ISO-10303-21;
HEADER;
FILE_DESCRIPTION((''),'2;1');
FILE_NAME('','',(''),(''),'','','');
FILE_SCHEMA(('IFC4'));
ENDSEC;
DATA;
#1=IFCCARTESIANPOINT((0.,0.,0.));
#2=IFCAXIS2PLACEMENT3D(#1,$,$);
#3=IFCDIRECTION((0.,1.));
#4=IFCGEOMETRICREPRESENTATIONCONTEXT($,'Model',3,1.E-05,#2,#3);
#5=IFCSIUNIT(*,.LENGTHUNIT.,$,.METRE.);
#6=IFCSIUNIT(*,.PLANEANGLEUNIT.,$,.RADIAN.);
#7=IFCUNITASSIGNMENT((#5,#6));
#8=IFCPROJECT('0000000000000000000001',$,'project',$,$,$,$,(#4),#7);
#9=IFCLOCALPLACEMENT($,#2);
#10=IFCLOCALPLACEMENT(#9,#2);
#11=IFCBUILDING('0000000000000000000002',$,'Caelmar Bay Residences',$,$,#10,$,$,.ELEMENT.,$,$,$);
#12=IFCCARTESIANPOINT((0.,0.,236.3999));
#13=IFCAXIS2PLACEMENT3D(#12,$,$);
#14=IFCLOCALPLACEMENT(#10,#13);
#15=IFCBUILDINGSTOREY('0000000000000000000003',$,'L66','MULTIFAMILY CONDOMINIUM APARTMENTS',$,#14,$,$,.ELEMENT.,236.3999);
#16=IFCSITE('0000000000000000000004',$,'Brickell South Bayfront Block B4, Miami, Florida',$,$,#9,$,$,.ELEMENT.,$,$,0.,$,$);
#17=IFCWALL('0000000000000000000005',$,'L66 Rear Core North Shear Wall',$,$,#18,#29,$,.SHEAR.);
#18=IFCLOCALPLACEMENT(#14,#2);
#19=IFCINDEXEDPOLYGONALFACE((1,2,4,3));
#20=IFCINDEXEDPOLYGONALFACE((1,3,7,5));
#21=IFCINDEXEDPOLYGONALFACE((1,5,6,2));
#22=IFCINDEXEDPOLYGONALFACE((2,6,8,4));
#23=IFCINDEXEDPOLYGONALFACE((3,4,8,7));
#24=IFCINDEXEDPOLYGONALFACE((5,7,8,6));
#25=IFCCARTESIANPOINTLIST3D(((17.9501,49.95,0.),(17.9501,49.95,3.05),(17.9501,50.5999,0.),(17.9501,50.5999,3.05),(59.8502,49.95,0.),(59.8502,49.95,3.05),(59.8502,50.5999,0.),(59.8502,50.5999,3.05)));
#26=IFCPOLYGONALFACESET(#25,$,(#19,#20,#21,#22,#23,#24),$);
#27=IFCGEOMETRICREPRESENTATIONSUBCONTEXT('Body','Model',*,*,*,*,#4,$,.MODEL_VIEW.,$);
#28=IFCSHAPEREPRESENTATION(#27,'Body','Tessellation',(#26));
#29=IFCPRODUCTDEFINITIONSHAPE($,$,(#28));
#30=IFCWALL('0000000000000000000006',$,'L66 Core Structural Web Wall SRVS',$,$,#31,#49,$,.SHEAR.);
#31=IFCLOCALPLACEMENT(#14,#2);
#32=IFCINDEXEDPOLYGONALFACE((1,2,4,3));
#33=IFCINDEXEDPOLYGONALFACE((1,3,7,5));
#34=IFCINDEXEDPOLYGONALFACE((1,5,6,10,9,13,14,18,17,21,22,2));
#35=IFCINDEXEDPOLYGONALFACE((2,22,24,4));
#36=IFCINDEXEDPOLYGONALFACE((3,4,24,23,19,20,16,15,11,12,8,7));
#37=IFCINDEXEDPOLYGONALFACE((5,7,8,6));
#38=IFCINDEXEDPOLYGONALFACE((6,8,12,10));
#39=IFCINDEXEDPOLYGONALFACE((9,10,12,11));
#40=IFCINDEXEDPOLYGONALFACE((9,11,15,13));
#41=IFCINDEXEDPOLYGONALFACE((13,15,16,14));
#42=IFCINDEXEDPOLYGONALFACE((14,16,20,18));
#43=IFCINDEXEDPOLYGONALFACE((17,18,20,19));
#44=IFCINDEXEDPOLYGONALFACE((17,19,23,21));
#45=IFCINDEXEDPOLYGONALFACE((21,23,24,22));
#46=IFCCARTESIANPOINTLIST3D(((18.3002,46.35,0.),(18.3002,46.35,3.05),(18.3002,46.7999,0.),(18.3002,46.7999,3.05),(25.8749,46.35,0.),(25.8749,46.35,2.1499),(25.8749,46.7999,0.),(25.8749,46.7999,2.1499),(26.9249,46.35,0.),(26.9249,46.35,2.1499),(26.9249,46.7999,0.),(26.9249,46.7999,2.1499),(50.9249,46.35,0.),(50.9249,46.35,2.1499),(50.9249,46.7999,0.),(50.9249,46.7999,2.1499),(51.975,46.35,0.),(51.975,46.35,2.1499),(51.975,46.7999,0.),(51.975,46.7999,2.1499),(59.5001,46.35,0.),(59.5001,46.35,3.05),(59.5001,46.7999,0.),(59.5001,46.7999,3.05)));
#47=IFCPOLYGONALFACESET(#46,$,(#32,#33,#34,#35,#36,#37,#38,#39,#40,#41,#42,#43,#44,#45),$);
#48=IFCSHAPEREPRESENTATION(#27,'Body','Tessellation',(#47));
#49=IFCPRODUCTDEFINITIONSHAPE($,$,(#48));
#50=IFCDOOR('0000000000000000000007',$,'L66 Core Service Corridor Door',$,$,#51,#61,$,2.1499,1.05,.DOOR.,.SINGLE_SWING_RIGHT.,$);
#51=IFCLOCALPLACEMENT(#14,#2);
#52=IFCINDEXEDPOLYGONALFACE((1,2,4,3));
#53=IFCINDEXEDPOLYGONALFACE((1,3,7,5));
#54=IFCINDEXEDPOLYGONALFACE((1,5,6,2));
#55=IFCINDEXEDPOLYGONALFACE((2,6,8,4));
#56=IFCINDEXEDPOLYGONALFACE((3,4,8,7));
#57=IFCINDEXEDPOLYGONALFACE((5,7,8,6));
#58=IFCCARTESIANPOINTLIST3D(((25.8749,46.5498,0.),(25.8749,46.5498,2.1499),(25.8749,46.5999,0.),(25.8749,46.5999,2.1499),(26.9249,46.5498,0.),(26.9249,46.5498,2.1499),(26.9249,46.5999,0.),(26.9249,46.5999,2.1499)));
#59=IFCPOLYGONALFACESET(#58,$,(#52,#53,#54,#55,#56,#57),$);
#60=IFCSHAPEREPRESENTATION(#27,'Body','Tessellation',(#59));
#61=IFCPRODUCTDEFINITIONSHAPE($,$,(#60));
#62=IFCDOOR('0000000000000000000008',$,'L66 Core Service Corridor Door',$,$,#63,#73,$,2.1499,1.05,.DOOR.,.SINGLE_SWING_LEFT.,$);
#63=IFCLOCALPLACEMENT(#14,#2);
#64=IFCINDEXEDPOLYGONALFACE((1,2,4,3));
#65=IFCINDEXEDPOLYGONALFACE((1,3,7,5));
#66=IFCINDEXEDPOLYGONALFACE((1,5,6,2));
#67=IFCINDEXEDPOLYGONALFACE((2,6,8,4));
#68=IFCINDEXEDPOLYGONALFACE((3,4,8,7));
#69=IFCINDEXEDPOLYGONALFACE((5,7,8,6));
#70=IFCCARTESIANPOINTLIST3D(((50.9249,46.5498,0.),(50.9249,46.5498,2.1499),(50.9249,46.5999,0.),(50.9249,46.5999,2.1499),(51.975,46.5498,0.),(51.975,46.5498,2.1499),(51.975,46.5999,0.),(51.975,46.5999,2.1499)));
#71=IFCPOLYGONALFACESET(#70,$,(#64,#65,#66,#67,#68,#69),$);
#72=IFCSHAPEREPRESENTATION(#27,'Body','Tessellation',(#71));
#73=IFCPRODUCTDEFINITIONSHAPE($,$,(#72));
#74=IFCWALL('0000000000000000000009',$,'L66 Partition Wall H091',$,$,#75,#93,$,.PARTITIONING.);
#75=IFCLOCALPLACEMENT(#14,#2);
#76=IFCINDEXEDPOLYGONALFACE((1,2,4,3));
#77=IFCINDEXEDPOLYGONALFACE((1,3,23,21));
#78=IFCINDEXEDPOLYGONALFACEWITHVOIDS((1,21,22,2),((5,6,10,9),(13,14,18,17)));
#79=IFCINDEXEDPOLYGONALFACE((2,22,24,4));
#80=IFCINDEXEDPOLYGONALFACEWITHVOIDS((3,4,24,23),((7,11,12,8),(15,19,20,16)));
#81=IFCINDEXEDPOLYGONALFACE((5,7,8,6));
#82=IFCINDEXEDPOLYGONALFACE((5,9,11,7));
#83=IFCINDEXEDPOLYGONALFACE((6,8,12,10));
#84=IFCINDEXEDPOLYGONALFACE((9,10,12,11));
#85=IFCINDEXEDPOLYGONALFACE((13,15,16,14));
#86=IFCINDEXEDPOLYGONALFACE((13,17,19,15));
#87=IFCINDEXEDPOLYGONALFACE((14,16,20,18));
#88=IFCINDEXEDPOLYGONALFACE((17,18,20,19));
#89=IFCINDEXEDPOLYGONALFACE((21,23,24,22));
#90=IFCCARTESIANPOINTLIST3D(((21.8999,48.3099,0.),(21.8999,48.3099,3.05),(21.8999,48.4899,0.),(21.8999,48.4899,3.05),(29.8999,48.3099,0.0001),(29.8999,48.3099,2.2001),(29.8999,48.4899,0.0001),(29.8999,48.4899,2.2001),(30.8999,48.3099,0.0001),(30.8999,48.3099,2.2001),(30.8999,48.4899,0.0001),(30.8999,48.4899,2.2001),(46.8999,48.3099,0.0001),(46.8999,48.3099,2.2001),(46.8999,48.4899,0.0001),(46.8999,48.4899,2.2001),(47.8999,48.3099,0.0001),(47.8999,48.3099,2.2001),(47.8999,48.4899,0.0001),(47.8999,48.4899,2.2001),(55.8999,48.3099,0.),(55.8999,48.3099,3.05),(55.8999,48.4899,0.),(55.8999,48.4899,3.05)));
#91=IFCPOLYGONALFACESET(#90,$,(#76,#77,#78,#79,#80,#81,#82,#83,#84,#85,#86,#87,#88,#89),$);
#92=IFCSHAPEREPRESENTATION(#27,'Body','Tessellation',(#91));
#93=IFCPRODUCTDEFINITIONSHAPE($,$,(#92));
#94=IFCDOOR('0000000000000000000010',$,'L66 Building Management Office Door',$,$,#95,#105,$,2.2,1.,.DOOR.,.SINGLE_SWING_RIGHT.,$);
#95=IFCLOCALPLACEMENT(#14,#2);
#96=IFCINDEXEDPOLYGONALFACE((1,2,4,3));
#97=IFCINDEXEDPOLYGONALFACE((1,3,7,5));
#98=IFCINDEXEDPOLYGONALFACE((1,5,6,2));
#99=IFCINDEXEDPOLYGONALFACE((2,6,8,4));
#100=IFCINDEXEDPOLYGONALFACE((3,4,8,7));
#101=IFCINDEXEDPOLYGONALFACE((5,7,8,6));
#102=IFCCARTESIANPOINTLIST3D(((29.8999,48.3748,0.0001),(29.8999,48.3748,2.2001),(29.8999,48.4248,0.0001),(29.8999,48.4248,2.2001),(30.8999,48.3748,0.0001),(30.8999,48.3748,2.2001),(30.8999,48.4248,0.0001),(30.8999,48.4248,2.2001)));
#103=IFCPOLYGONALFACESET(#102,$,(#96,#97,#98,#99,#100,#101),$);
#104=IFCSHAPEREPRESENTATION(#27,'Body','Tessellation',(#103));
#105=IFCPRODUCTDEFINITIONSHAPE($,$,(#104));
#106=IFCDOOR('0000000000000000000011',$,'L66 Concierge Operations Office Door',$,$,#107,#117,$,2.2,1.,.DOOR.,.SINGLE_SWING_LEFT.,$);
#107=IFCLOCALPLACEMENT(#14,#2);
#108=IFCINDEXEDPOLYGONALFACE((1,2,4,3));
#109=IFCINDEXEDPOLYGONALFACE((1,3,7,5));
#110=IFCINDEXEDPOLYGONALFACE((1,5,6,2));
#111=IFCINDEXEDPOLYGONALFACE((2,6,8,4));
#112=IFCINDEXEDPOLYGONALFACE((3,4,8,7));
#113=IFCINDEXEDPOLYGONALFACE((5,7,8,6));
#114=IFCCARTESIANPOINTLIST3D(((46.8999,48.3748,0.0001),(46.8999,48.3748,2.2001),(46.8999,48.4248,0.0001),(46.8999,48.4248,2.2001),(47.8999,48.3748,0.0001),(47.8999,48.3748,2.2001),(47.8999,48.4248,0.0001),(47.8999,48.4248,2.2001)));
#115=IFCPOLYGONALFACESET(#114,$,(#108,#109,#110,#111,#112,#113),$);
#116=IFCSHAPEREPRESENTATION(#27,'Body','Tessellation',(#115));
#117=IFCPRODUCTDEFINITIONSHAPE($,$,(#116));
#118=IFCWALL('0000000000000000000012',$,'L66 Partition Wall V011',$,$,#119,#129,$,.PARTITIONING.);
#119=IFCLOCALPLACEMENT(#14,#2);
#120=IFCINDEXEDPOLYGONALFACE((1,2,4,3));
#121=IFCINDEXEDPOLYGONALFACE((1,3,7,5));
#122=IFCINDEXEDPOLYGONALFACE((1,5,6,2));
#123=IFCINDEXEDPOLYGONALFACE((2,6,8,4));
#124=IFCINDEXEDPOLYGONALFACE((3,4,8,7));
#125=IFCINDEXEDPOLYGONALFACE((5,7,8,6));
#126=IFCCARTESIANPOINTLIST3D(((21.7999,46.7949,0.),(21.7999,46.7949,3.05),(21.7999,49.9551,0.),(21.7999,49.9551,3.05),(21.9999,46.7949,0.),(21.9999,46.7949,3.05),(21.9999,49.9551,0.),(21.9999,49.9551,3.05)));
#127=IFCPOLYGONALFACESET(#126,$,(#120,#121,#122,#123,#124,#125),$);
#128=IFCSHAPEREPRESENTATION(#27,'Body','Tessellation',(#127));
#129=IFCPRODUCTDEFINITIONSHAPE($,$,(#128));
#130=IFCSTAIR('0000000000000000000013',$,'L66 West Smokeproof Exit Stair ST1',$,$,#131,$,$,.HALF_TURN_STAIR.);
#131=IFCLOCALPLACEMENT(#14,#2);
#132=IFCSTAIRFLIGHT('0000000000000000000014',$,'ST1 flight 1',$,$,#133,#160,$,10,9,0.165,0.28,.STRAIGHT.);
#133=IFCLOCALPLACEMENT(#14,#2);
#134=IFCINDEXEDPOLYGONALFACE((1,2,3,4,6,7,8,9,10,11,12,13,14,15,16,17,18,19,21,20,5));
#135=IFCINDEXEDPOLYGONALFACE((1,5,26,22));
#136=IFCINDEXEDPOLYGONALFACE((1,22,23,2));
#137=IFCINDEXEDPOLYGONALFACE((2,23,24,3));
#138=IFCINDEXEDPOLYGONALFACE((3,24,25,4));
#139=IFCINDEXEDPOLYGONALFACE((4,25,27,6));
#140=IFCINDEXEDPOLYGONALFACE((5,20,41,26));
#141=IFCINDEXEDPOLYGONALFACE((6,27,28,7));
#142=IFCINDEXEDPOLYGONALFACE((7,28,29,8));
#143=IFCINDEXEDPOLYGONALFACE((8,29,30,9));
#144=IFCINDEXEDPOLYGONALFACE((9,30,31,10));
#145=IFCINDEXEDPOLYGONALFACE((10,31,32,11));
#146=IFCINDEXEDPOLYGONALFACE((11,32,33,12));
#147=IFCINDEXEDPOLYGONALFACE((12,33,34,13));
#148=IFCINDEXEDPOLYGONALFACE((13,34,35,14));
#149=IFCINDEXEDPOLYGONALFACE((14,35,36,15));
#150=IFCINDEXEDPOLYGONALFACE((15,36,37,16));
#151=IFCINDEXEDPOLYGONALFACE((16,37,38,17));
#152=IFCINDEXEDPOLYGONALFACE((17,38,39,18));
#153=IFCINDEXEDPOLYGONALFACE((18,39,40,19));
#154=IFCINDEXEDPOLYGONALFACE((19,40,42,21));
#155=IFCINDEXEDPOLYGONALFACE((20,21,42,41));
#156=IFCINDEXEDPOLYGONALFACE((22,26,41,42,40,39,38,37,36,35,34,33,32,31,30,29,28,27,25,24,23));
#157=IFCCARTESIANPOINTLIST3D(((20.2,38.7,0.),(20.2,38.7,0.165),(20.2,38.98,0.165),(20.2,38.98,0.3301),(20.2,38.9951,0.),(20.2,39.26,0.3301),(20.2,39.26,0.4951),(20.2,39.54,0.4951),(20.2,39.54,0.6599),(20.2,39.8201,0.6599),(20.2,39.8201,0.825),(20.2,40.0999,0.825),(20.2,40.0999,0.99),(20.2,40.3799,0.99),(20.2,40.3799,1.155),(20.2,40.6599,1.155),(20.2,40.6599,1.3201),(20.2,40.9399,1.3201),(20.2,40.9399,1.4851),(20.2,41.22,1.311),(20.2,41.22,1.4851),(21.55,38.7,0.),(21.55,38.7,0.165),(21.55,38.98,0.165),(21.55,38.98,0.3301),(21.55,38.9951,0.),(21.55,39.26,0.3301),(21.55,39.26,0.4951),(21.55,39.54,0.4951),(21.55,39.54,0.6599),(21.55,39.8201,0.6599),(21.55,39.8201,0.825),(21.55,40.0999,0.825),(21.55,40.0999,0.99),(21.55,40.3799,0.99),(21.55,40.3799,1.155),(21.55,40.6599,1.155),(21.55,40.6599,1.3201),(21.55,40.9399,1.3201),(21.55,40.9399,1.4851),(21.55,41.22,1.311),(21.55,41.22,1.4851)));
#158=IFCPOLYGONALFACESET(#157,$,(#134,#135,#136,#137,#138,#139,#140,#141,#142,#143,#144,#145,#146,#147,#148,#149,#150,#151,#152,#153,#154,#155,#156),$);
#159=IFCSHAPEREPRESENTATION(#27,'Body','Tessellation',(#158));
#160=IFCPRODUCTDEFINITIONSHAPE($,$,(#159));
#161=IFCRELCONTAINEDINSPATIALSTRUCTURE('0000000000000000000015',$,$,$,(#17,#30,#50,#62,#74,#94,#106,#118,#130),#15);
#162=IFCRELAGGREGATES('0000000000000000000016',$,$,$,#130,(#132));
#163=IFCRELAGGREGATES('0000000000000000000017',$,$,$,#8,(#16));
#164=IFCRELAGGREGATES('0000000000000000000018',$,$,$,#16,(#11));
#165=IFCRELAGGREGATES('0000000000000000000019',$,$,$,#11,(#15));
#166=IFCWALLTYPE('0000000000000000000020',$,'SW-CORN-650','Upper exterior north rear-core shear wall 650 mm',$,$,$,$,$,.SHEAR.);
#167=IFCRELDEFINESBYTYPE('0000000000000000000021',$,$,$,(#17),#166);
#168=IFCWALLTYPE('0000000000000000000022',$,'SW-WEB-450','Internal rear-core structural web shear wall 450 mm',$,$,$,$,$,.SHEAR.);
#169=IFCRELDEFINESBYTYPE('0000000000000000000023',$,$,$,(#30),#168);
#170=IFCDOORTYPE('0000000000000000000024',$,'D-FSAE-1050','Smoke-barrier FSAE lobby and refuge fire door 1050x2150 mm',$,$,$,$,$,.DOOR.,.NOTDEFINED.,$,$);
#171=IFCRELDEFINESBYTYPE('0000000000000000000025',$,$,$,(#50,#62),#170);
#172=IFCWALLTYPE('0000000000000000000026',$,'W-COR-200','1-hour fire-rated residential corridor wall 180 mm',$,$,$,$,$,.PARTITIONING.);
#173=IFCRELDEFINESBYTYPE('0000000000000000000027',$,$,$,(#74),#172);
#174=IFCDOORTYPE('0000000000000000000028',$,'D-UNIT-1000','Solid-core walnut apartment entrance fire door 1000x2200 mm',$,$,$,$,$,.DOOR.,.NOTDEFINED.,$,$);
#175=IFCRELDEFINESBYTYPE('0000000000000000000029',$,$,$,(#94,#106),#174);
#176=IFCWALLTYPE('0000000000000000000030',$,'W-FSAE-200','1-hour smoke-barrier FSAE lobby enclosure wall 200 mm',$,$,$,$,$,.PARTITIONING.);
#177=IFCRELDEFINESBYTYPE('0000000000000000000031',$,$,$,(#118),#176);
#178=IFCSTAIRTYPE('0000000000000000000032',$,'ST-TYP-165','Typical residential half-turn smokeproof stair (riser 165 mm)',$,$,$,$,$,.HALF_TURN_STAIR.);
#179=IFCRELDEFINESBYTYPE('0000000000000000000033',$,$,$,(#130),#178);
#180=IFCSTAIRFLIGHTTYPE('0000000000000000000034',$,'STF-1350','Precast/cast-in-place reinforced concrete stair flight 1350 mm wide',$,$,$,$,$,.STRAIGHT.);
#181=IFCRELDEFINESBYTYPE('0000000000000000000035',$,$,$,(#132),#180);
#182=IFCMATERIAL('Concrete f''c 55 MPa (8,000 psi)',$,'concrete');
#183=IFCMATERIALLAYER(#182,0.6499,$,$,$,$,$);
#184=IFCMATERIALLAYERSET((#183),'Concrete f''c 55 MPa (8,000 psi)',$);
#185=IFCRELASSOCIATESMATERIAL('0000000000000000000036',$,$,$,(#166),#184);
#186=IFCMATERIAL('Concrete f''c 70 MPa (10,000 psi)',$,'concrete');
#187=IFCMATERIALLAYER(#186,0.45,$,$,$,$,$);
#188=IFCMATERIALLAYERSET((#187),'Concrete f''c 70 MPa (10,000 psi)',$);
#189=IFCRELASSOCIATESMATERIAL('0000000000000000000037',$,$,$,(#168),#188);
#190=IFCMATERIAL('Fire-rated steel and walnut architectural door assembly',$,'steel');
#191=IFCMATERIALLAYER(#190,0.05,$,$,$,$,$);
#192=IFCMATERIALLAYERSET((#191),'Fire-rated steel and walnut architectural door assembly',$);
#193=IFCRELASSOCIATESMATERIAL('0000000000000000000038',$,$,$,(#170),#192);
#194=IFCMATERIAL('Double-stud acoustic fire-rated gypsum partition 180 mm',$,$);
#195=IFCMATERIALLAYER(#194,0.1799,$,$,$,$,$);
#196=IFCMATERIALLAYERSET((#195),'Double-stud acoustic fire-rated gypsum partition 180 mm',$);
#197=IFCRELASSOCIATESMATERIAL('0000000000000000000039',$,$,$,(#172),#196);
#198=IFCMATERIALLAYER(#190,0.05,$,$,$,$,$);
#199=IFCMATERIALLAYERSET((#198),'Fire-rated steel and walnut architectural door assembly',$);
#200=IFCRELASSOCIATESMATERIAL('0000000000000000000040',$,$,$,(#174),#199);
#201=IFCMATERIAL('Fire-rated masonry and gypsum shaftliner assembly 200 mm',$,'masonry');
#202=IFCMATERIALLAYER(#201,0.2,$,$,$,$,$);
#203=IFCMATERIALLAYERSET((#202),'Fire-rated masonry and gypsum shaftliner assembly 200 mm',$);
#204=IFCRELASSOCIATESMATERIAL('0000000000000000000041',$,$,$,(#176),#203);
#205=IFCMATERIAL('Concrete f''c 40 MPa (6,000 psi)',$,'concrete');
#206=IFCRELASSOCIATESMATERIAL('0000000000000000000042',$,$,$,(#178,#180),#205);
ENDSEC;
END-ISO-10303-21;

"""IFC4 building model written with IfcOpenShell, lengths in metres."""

from ifc_helpers import new_model, si_unit, direction, frame, frame_2d, origin, place, context, subcontext, project, spatial, polyline, rectangle, outline, extrude, material, layer, layer_set, type_object, element, fill, aggregate, save


model = new_model("IFC4")

# Units and contexts
model_context = context("Model", 3, precision=1e-05, world=origin(), true_north=direction((0.0, 1.0)))
body_context = subcontext(model_context, "Body", "Model", "MODEL_VIEW")
ifc_project = project(units=[si_unit("LENGTHUNIT", "METRE"), si_unit("PLANEANGLEUNIT", "RADIAN")], contexts=[model_context])

# Site, building, storey
site_placement = place(None, origin())
site = spatial("IfcSite", under=ifc_project, at=site_placement, Name="Brickell South Bayfront Block B4, Miami, Florida", CompositionType="ELEMENT", RefElevation=0.0)
building_placement = place(site_placement, origin())
building = spatial("IfcBuilding", under=site, at=building_placement, Name="Caelmar Bay Residences", CompositionType="ELEMENT")
storey_placement = place(building_placement, frame((0.0, 0.0, 236.3999)))
storey = spatial("IfcBuildingStorey", under=building, at=storey_placement, Name="L66", Description="MULTIFAMILY CONDOMINIUM APARTMENTS", CompositionType="ELEMENT", Elevation=236.3999)

# Wall
ifc_material_1 = material(Name="Concrete f'c 55 MPa (8,000 psi)", Category="concrete")
ifc_layer_1 = layer(ifc_material_1, 0.6499)
ifc_layer_set_1 = layer_set([ifc_layer_1], Name="Concrete f'c 55 MPa (8,000 psi)")
wall_type_1 = type_object("IfcWallType", Name="SW-CORN-650", Description="Upper exterior north rear-core shear wall 650 mm", PredefinedType="SHEAR", material=ifc_layer_set_1)
wall_1_placement = place(storey_placement, frame((17.95, 50.2749, 0.0), z_axis=(0.0, 0.0, 1.0), x_axis=(1.0, 0.0, 0.0)))
element("IfcWall", 1, at=wall_1_placement, inside=storey, type_object=wall_type_1, Name="L66 Rear Core North Shear Wall", PredefinedType="SHEAR", context=body_context, shape_type="SweptSolid", body=[
    extrude(rectangle(XDim=41.9001, YDim=0.6499, at=frame_2d((20.9502, 0.0))), origin(), (0.0, 0.0, 1.0), 3.05),
])

# Walls, openings, doors
ifc_material_2 = material(Name="Concrete f'c 70 MPa (10,000 psi)", Category="concrete")
ifc_layer_2 = layer(ifc_material_2, 0.45)
ifc_layer_set_2 = layer_set([ifc_layer_2], Name="Concrete f'c 70 MPa (10,000 psi)")
wall_type_2 = type_object("IfcWallType", Name="SW-WEB-450", Description="Internal rear-core structural web shear wall 450 mm", PredefinedType="SHEAR", material=ifc_layer_set_2)
wall_2_placement = place(storey_placement, frame((18.3, 46.575, 0.0), z_axis=(0.0, 0.0, 1.0), x_axis=(1.0, 0.0, 0.0)))
wall_2 = element("IfcWall", 2, at=wall_2_placement, inside=storey, type_object=wall_type_2, Name="L66 Core Structural Web Wall SRVS", PredefinedType="SHEAR", context=body_context, shape_type="SweptSolid", body=[
    extrude(rectangle(XDim=41.2, YDim=0.45, at=frame_2d((20.6001, 0.0))), origin(), (0.0, 0.0, 1.0), 3.05),
])
opening_1_placement = place(wall_2_placement, frame((7.575, 0.0, 0.0)))
opening_1 = element("IfcOpeningElement", 3, at=opening_1_placement, cuts=wall_2, PredefinedType="OPENING", context=body_context, shape_type="SweptSolid", body=[
    extrude(rectangle(XDim=1.05, YDim=2.1499, at=frame_2d((0.5249, 1.075))), frame((0.0, 0.2349, 0.0), z_axis=(0.0, -1.0, 0.0), x_axis=(1.0, 0.0, 0.0)), (0.0, 0.0, 1.0), 0.47),
])
opening_2_placement = place(wall_2_placement, frame((32.625, 0.0, 0.0)))
opening_2 = element("IfcOpeningElement", 4, at=opening_2_placement, cuts=wall_2, PredefinedType="OPENING", context=body_context, shape_type="SweptSolid", body=[
    extrude(rectangle(XDim=1.05, YDim=2.1499, at=frame_2d((0.5249, 1.075))), frame((0.0, 0.2349, 0.0), z_axis=(0.0, -1.0, 0.0), x_axis=(1.0, 0.0, 0.0)), (0.0, 0.0, 1.0), 0.47),
])
ifc_material_3 = material(Name="Fire-rated steel and walnut architectural door assembly", Category="steel")
ifc_layer_3 = layer(ifc_material_3, 0.05)
ifc_layer_set_3 = layer_set([ifc_layer_3], Name="Fire-rated steel and walnut architectural door assembly")
door_type_1 = type_object("IfcDoorType", Name="D-FSAE-1050", Description="Smoke-barrier FSAE lobby and refuge fire door 1050x2150 mm", OperationType="NOTDEFINED", PredefinedType="DOOR", material=ifc_layer_set_3)
door_1_placement = place(opening_1_placement, origin())
door_1 = element("IfcDoor", 5, at=door_1_placement, inside=storey, type_object=door_type_1, Name="L66 Core Service Corridor Door", OperationType="SINGLE_SWING_RIGHT", OverallHeight=2.1499, OverallWidth=1.05, PredefinedType="DOOR", context=body_context, shape_type="SweptSolid", body=[
    extrude(rectangle(XDim=1.05, YDim=2.1499, at=frame_2d((0.5249, 1.075))), frame((0.0, 0.0249, 0.0), z_axis=(0.0, -1.0, 0.0), x_axis=(1.0, 0.0, 0.0)), (0.0, 0.0, 1.0), 0.05),
])
fill(opening_1, door_1)
door_2_placement = place(opening_2_placement, origin())
door_2 = element("IfcDoor", 6, at=door_2_placement, inside=storey, type_object=door_type_1, Name="L66 Core Service Corridor Door", OperationType="SINGLE_SWING_LEFT", OverallHeight=2.1499, OverallWidth=1.05, PredefinedType="DOOR", context=body_context, shape_type="SweptSolid", body=[
    extrude(rectangle(XDim=1.05, YDim=2.1499, at=frame_2d((0.5249, 1.075))), frame((0.0, 0.0249, 0.0), z_axis=(0.0, -1.0, 0.0), x_axis=(1.0, 0.0, 0.0)), (0.0, 0.0, 1.0), 0.05),
])
fill(opening_2, door_2)
ifc_material_4 = material(Name="Double-stud acoustic fire-rated gypsum partition 180 mm")
ifc_layer_4 = layer(ifc_material_4, 0.1799)
ifc_layer_set_4 = layer_set([ifc_layer_4], Name="Double-stud acoustic fire-rated gypsum partition 180 mm")
wall_type_3 = type_object("IfcWallType", Name="W-COR-200", Description="1-hour fire-rated residential corridor wall 180 mm", PredefinedType="PARTITIONING", material=ifc_layer_set_4)
wall_3_placement = place(storey_placement, frame((21.8999, 48.3999, 0.0), z_axis=(0.0, 0.0, 1.0), x_axis=(1.0, 0.0, 0.0)))
wall_3 = element("IfcWall", 7, at=wall_3_placement, inside=storey, type_object=wall_type_3, Name="L66 Partition Wall H091", PredefinedType="PARTITIONING", context=body_context, shape_type="SweptSolid", body=[
    extrude(rectangle(XDim=34.0, YDim=0.1799, at=frame_2d((17.0, 0.0))), origin(), (0.0, 0.0, 1.0), 3.05),
])
opening_3_placement = place(wall_3_placement, frame((8.0, 0.0, 0.0)))
opening_3 = element("IfcOpeningElement", 8, at=opening_3_placement, cuts=wall_3, PredefinedType="OPENING", context=body_context, shape_type="SweptSolid", body=[
    extrude(rectangle(XDim=1.0, YDim=2.2, at=frame_2d((0.5, 1.1001))), frame((0.0, 0.0999, 0.0), z_axis=(0.0, -1.0, 0.0), x_axis=(1.0, 0.0, 0.0)), (0.0, 0.0, 1.0), 0.2),
])
opening_4_placement = place(wall_3_placement, frame((25.0, 0.0, 0.0)))
opening_4 = element("IfcOpeningElement", 9, at=opening_4_placement, cuts=wall_3, PredefinedType="OPENING", context=body_context, shape_type="SweptSolid", body=[
    extrude(rectangle(XDim=1.0, YDim=2.2, at=frame_2d((0.5, 1.1001))), frame((0.0, 0.0999, 0.0), z_axis=(0.0, -1.0, 0.0), x_axis=(1.0, 0.0, 0.0)), (0.0, 0.0, 1.0), 0.2),
])
ifc_layer_5 = layer(ifc_material_3, 0.05)
ifc_layer_set_5 = layer_set([ifc_layer_5], Name="Fire-rated steel and walnut architectural door assembly")
door_type_2 = type_object("IfcDoorType", Name="D-UNIT-1000", Description="Solid-core walnut apartment entrance fire door 1000x2200 mm", OperationType="NOTDEFINED", PredefinedType="DOOR", material=ifc_layer_set_5)
door_3_placement = place(opening_3_placement, origin())
door_3 = element("IfcDoor", 10, at=door_3_placement, inside=storey, type_object=door_type_2, Name="L66 Building Management Office Door", OperationType="SINGLE_SWING_RIGHT", OverallHeight=2.2, OverallWidth=1.0, PredefinedType="DOOR", context=body_context, shape_type="SweptSolid", body=[
    extrude(rectangle(XDim=1.0, YDim=2.2, at=frame_2d((0.5, 1.1001))), frame((0.0, 0.0249, 0.0), z_axis=(0.0, -1.0, 0.0), x_axis=(1.0, 0.0, 0.0)), (0.0, 0.0, 1.0), 0.05),
])
fill(opening_3, door_3)
door_4_placement = place(opening_4_placement, origin())
door_4 = element("IfcDoor", 11, at=door_4_placement, inside=storey, type_object=door_type_2, Name="L66 Concierge Operations Office Door", OperationType="SINGLE_SWING_LEFT", OverallHeight=2.2, OverallWidth=1.0, PredefinedType="DOOR", context=body_context, shape_type="SweptSolid", body=[
    extrude(rectangle(XDim=1.0, YDim=2.2, at=frame_2d((0.5, 1.1001))), frame((0.0, 0.0249, 0.0), z_axis=(0.0, -1.0, 0.0), x_axis=(1.0, 0.0, 0.0)), (0.0, 0.0, 1.0), 0.05),
])
fill(opening_4, door_4)

# Wall
ifc_material_5 = material(Name="Fire-rated masonry and gypsum shaftliner assembly 200 mm", Category="masonry")
ifc_layer_6 = layer(ifc_material_5, 0.2)
ifc_layer_set_6 = layer_set([ifc_layer_6], Name="Fire-rated masonry and gypsum shaftliner assembly 200 mm")
wall_type_4 = type_object("IfcWallType", Name="W-FSAE-200", Description="1-hour smoke-barrier FSAE lobby enclosure wall 200 mm", PredefinedType="PARTITIONING", material=ifc_layer_set_6)
wall_4_placement = place(storey_placement, frame((21.8999, 46.7949, 0.0), z_axis=(0.0, 0.0, 1.0), x_axis=(0.0, 1.0, 0.0)))
element("IfcWall", 12, at=wall_4_placement, inside=storey, type_object=wall_type_4, Name="L66 Partition Wall V011", PredefinedType="PARTITIONING", context=body_context, shape_type="SweptSolid", body=[
    extrude(rectangle(XDim=3.1602, YDim=0.2, at=frame_2d((1.5801, 0.0))), origin(), (0.0, 0.0, 1.0), 3.05),
])

# Stair, stair flight
ifc_material_6 = material(Name="Concrete f'c 40 MPa (6,000 psi)", Category="concrete")
stair_type = type_object("IfcStairType", Name="ST-TYP-165", Description="Typical residential half-turn smokeproof stair (riser 165 mm)", PredefinedType="HALF_TURN_STAIR", material=ifc_material_6)
stair_placement = place(storey_placement, origin())
stair = element("IfcStair", 13, at=stair_placement, inside=storey, type_object=stair_type, Name="L66 West Smokeproof Exit Stair ST1", PredefinedType="HALF_TURN_STAIR")
stair_flight_type = type_object("IfcStairFlightType", Name="STF-1350", Description="Precast/cast-in-place reinforced concrete stair flight 1350 mm wide", PredefinedType="STRAIGHT", material=ifc_material_6)
stair_flight_1_placement = place(storey_placement, frame((20.875, 38.7, 0.0), z_axis=(0.0, 0.0, 1.0), x_axis=(0.0, 1.0, 0.0)))
stair_flight_1 = element("IfcStairFlight", 14, at=stair_flight_1_placement, type_object=stair_flight_type, Name="ST1 flight 1", NumberOfRisers=10, NumberOfTreads=9, PredefinedType="STRAIGHT", RiserHeight=0.165, TreadLength=0.28, context=body_context, shape_type="SweptSolid", body=[
    extrude(outline(polyline([(0.0, 0.0), (0.0, 0.165), (0.28, 0.165), (0.28, 0.3301), (0.5601, 0.3301), (0.5601, 0.4951), (0.8401, 0.4951), (0.8401, 0.6599), (1.1201, 0.6599), (1.1201, 0.825), (1.3999, 0.825), (1.3999, 0.99), (1.6799, 0.99), (1.6799, 1.155), (1.96, 1.155), (1.96, 1.3201), (2.24, 1.3201), (2.24, 1.4851), (2.52, 1.4851), (2.52, 1.6499), (2.52, 1.311), (0.2952, 0.0), (0.0, 0.0)])), frame((0.0, 0.675, 0.0), z_axis=(0.0, -1.0, 0.0), x_axis=(1.0, 0.0, 0.0)), (0.0, 0.0, 1.0), 1.3501),
])
aggregate(stair, [stair_flight_1])

save(model, "model.ifc")
